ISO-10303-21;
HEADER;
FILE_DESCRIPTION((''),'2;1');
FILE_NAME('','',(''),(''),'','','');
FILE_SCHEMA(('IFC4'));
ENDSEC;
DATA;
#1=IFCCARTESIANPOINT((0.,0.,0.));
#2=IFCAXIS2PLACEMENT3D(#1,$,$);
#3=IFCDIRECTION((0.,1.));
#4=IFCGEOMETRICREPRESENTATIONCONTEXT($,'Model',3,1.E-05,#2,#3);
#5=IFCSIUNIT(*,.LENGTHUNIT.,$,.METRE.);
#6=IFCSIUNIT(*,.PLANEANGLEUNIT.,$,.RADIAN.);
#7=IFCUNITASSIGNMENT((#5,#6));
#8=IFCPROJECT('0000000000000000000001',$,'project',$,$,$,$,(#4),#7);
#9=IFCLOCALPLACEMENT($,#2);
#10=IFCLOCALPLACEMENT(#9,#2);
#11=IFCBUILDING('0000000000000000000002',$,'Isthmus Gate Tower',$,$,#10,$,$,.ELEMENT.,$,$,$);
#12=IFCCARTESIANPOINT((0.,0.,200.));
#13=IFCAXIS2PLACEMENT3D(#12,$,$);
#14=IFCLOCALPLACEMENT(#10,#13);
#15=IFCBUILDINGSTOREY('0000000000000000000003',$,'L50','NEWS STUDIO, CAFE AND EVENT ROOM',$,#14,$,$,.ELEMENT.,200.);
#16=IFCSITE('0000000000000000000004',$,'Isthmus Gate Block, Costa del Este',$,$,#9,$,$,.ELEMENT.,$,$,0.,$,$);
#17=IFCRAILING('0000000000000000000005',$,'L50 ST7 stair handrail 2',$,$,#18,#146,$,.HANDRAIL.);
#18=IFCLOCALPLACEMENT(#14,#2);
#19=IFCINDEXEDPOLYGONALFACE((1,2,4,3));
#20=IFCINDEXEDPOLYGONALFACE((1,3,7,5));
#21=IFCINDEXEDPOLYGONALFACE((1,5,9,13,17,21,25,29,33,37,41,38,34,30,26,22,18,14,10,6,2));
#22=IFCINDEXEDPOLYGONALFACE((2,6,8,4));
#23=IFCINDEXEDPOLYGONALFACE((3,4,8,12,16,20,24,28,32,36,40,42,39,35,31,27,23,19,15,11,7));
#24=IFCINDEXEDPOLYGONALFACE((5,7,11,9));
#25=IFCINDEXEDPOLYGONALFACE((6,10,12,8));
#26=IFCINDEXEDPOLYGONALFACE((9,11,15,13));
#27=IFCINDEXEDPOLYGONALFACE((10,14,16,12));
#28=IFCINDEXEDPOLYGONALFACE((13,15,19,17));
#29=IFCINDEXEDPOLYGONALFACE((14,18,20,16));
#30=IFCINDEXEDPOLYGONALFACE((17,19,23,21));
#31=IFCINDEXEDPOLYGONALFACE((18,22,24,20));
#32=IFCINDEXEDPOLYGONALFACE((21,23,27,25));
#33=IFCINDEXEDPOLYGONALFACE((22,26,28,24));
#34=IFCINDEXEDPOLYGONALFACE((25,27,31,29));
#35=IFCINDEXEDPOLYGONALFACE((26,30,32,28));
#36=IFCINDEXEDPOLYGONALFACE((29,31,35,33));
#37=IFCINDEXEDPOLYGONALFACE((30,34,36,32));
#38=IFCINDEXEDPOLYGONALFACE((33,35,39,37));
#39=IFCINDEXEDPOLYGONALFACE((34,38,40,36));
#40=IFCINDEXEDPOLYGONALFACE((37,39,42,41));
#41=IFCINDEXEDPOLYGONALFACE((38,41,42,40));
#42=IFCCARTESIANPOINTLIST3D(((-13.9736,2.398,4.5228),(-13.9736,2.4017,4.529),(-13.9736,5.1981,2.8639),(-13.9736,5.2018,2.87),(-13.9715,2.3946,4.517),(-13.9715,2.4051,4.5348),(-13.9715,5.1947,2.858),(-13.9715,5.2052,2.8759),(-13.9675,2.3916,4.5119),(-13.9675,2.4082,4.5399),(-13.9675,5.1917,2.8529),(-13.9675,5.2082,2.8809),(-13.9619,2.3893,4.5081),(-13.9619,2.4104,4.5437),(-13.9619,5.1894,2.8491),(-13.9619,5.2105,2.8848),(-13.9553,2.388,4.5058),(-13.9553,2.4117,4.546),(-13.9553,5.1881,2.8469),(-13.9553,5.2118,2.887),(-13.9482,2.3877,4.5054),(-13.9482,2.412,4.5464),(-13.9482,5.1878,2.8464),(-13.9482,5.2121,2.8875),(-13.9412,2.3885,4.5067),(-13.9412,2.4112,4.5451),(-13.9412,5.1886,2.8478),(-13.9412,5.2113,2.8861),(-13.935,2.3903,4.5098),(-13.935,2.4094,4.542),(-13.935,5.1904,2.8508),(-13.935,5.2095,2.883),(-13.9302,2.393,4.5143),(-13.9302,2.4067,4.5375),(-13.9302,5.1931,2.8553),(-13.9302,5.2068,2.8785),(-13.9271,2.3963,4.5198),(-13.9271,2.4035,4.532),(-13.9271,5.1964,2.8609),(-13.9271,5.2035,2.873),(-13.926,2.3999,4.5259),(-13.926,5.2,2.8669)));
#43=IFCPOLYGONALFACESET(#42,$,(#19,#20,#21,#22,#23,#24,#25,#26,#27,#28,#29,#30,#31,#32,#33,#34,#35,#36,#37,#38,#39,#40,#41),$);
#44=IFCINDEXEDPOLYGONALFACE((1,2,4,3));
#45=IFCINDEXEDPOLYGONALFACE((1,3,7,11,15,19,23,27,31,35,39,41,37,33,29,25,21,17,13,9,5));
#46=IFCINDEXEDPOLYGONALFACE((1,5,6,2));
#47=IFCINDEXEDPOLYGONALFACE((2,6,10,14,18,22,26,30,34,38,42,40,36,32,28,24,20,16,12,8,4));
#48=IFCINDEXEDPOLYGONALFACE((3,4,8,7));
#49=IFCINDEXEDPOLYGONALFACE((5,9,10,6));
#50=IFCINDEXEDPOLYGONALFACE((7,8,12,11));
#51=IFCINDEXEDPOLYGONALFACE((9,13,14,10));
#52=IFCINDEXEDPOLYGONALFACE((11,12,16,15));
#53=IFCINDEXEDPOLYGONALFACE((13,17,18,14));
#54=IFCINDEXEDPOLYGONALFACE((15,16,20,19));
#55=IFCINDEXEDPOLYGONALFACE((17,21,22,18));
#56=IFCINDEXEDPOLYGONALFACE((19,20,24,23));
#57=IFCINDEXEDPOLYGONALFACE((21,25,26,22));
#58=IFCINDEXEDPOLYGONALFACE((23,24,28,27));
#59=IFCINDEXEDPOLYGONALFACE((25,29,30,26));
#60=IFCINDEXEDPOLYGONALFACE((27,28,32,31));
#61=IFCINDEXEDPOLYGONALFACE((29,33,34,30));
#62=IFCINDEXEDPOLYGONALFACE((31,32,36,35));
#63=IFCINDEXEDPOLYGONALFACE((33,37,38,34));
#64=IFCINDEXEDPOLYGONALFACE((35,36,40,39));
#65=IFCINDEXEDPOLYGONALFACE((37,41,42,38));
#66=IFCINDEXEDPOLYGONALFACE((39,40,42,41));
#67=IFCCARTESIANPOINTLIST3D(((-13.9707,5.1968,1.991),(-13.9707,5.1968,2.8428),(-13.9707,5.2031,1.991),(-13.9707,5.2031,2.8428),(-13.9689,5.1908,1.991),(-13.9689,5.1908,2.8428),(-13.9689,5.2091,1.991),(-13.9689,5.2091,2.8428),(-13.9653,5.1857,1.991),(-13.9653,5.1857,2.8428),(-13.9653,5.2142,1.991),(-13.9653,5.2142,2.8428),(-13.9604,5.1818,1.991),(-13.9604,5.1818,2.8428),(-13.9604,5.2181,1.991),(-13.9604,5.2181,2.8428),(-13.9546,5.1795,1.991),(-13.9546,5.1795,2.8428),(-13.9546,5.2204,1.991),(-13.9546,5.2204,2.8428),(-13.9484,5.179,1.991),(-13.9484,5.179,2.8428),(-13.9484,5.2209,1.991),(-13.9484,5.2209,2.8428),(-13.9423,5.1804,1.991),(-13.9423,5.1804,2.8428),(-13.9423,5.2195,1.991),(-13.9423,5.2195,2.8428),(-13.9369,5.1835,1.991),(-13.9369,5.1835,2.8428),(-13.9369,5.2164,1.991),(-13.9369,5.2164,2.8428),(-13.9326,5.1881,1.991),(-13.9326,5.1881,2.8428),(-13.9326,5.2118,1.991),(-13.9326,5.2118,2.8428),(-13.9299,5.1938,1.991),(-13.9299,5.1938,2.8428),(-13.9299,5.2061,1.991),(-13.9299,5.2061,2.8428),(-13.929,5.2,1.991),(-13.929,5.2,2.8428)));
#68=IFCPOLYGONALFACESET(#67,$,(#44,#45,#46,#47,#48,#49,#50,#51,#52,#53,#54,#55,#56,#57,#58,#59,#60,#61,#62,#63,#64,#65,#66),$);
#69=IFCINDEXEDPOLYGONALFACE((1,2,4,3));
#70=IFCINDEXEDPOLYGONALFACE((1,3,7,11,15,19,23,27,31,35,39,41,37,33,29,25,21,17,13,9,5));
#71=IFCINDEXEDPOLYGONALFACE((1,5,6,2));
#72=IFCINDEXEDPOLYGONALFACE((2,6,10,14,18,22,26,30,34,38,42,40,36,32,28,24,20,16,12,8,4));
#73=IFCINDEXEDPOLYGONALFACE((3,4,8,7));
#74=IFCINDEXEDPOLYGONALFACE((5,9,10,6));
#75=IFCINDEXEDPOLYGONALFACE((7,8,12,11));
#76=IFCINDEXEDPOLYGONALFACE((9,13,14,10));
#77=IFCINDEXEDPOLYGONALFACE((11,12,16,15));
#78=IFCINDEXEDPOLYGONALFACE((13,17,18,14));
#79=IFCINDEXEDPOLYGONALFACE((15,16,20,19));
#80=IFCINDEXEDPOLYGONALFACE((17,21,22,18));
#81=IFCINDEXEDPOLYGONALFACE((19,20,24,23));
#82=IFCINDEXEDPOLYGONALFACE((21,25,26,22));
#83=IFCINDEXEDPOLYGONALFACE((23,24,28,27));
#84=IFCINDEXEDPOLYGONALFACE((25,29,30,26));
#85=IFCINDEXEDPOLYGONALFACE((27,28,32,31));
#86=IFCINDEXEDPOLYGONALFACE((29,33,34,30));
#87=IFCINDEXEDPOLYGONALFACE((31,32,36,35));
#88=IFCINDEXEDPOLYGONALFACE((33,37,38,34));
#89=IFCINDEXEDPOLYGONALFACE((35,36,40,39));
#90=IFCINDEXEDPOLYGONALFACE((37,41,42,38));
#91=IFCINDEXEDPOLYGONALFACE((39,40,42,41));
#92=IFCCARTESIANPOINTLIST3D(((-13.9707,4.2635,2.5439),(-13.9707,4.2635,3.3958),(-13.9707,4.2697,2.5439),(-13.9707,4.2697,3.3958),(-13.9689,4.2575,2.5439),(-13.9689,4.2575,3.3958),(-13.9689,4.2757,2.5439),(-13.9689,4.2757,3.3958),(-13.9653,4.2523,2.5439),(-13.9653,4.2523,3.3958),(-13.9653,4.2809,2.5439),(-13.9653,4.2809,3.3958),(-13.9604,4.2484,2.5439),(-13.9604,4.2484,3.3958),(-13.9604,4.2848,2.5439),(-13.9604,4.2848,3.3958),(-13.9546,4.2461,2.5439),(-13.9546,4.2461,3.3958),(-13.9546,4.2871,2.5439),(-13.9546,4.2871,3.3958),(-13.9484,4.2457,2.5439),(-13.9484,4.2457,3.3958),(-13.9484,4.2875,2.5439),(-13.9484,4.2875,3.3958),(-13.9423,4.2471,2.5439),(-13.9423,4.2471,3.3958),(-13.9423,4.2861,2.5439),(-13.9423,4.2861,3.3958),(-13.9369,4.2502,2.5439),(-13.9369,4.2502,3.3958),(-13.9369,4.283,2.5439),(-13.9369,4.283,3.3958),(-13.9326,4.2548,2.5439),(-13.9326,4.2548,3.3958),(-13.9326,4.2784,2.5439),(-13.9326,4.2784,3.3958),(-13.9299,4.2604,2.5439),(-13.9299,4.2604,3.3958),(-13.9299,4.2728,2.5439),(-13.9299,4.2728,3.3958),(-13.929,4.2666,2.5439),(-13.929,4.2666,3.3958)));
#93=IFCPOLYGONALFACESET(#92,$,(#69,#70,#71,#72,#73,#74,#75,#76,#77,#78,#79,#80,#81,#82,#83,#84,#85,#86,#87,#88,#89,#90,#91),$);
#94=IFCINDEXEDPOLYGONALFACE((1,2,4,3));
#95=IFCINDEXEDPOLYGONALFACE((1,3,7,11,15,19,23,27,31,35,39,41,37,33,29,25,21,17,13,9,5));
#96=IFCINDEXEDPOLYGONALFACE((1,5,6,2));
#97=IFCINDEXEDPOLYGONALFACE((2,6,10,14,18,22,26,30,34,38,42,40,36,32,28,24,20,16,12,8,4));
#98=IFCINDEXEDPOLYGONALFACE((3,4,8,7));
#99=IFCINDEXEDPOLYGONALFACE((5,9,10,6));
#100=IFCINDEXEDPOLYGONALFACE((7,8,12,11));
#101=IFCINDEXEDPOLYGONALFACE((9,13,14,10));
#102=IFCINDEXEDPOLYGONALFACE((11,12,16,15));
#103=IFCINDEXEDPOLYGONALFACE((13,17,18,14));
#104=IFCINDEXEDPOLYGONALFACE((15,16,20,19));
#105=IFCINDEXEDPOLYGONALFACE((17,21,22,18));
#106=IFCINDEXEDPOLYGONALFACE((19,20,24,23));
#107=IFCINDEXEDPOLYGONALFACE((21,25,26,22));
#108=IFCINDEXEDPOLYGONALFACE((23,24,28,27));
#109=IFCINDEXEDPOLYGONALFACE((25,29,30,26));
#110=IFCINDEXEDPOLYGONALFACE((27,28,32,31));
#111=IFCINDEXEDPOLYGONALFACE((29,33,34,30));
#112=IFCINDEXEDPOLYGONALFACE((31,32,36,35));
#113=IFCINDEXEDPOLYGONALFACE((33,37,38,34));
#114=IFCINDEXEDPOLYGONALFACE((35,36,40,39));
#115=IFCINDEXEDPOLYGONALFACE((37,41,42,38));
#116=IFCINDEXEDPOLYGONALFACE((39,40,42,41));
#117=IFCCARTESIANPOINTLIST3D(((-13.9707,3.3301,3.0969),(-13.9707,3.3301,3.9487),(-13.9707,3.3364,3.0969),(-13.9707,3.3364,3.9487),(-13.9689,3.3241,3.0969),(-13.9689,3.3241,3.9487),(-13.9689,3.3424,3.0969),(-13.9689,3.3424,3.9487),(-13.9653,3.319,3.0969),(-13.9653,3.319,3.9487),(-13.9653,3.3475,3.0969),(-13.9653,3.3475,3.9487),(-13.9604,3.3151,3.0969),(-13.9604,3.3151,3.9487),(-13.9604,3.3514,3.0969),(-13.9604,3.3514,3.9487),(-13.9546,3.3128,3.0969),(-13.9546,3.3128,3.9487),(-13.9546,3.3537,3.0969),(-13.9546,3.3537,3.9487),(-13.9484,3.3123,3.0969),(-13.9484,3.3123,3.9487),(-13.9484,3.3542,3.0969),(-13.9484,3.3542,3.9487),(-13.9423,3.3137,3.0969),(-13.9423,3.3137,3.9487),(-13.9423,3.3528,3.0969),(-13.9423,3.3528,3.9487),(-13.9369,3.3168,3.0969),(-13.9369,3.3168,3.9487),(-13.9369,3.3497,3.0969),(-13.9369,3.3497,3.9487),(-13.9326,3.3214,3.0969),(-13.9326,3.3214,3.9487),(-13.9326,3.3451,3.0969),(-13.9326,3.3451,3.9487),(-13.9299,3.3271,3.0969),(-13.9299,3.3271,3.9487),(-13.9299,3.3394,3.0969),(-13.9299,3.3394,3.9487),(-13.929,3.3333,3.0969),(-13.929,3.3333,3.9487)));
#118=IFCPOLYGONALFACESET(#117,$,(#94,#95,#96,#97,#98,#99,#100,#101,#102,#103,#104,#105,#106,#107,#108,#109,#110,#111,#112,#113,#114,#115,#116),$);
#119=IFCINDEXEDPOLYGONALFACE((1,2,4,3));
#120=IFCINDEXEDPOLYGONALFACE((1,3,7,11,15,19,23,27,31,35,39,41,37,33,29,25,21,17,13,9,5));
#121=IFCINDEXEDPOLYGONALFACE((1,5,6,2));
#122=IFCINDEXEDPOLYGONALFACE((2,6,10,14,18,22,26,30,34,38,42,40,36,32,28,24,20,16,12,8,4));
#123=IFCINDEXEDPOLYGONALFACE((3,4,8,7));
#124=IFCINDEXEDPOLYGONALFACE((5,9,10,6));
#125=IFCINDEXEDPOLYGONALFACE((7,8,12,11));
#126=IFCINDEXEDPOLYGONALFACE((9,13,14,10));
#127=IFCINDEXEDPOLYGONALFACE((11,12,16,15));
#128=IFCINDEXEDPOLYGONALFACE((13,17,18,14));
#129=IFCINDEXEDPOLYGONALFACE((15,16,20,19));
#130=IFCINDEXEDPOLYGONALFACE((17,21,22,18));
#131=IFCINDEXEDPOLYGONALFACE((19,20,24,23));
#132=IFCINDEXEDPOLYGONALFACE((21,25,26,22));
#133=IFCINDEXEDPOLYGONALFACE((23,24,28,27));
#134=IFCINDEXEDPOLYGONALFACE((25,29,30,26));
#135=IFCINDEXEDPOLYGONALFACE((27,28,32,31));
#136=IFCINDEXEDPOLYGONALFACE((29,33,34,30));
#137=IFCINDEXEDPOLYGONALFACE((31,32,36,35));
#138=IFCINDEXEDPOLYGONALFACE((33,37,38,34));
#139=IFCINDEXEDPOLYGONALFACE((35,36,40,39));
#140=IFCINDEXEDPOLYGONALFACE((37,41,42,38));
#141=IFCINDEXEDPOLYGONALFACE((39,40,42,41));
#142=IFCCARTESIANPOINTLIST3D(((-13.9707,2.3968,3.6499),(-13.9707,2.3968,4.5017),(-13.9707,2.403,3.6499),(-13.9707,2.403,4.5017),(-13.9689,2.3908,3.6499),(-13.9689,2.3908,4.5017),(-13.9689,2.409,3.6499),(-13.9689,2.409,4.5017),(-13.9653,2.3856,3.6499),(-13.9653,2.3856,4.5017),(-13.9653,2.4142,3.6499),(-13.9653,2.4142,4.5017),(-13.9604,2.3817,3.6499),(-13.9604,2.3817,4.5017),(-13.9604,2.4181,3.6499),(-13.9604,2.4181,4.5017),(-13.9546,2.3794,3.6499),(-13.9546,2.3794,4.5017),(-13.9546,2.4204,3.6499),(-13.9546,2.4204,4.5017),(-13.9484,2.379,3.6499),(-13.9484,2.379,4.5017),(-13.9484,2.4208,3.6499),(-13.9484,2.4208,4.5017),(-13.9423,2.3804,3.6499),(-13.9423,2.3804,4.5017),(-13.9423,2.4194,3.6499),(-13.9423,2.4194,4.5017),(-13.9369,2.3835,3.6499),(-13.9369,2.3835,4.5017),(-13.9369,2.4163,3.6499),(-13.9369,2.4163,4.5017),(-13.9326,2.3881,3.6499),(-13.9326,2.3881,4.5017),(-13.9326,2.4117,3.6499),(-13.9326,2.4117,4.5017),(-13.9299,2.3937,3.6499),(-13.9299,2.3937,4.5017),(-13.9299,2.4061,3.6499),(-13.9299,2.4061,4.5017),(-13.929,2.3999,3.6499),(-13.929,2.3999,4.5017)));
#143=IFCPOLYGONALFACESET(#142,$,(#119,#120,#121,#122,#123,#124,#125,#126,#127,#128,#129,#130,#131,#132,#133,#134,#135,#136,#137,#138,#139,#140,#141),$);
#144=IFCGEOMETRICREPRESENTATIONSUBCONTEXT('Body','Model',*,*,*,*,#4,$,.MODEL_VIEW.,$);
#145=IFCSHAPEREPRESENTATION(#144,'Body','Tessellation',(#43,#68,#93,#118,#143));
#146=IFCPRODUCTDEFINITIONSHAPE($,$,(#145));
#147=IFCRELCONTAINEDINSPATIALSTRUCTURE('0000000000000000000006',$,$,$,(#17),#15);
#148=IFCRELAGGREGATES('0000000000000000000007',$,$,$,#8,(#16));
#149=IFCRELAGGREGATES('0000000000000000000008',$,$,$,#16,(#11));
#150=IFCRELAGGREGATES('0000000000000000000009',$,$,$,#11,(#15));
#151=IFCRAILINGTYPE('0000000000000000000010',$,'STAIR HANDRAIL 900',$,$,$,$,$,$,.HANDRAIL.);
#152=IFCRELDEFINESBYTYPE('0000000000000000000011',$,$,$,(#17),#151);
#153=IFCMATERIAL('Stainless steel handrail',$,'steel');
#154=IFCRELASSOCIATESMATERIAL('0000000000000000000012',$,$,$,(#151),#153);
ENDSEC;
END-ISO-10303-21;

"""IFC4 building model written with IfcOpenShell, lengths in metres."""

from ifc_helpers import new_model, si_unit, direction, frame, origin, origin_2d, place, context, subcontext, project, spatial, circle, extrude, material, type_object, element, save


model = new_model("IFC4")

# Units and contexts
model_context = context("Model", 3, precision=1e-05, world=origin(), true_north=direction((0.0, 1.0)))
body_context = subcontext(model_context, "Body", "Model", "MODEL_VIEW")
ifc_project = project(units=[si_unit("LENGTHUNIT", "METRE"), si_unit("PLANEANGLEUNIT", "RADIAN")], contexts=[model_context])

# Site, building, storey
site_placement = place(None, origin())
site = spatial("IfcSite", under=ifc_project, at=site_placement, Name="Isthmus Gate Block, Costa del Este", CompositionType="ELEMENT", RefElevation=0.0)
building_placement = place(site_placement, origin())
building = spatial("IfcBuilding", under=site, at=building_placement, Name="Isthmus Gate Tower", CompositionType="ELEMENT")
storey_placement = place(building_placement, frame((0.0, 0.0, 200.0)))
storey = spatial("IfcBuildingStorey", under=building, at=storey_placement, Name="L50", Description="NEWS STUDIO, CAFE AND EVENT ROOM", CompositionType="ELEMENT", Elevation=200.0)

# Railing
ifc_material_1 = material(Name="Stainless steel handrail", Category="steel")
railing_type_1 = type_object("IfcRailingType", Name="STAIR HANDRAIL 900", PredefinedType="HANDRAIL", material=ifc_material_1)
railing_1_placement = place(storey_placement, frame((-13.95, 5.2, 1.991)))
element("IfcRailing", 1, at=railing_1_placement, inside=storey, type_object=railing_type_1, Name="L50 ST7 stair handrail 2", PredefinedType="HANDRAIL", context=body_context, shape_type="SweptSolid", body=[
    extrude(circle(Radius=0.0239, at=origin_2d()), frame((0.0, 0.0, 0.876), z_axis=(0.0, -0.860339, 0.509722), x_axis=(1.0, 0.0, 0.0)), (0.0, 0.0, 1.0), 3.2546),
    extrude(circle(Radius=0.021, at=origin_2d()), origin(), (0.0, 0.0, 1.0), 0.8518),
    extrude(circle(Radius=0.021, at=origin_2d()), frame((0.0, -0.9333, 0.553)), (0.0, 0.0, 1.0), 0.8518),
    extrude(circle(Radius=0.021, at=origin_2d()), frame((0.0, -1.8667, 1.106)), (0.0, 0.0, 1.0), 0.8518),
    extrude(circle(Radius=0.021, at=origin_2d()), frame((0.0, -2.8, 1.6589)), (0.0, 0.0, 1.0), 0.8518),
])

save(model, "model.ifc")
